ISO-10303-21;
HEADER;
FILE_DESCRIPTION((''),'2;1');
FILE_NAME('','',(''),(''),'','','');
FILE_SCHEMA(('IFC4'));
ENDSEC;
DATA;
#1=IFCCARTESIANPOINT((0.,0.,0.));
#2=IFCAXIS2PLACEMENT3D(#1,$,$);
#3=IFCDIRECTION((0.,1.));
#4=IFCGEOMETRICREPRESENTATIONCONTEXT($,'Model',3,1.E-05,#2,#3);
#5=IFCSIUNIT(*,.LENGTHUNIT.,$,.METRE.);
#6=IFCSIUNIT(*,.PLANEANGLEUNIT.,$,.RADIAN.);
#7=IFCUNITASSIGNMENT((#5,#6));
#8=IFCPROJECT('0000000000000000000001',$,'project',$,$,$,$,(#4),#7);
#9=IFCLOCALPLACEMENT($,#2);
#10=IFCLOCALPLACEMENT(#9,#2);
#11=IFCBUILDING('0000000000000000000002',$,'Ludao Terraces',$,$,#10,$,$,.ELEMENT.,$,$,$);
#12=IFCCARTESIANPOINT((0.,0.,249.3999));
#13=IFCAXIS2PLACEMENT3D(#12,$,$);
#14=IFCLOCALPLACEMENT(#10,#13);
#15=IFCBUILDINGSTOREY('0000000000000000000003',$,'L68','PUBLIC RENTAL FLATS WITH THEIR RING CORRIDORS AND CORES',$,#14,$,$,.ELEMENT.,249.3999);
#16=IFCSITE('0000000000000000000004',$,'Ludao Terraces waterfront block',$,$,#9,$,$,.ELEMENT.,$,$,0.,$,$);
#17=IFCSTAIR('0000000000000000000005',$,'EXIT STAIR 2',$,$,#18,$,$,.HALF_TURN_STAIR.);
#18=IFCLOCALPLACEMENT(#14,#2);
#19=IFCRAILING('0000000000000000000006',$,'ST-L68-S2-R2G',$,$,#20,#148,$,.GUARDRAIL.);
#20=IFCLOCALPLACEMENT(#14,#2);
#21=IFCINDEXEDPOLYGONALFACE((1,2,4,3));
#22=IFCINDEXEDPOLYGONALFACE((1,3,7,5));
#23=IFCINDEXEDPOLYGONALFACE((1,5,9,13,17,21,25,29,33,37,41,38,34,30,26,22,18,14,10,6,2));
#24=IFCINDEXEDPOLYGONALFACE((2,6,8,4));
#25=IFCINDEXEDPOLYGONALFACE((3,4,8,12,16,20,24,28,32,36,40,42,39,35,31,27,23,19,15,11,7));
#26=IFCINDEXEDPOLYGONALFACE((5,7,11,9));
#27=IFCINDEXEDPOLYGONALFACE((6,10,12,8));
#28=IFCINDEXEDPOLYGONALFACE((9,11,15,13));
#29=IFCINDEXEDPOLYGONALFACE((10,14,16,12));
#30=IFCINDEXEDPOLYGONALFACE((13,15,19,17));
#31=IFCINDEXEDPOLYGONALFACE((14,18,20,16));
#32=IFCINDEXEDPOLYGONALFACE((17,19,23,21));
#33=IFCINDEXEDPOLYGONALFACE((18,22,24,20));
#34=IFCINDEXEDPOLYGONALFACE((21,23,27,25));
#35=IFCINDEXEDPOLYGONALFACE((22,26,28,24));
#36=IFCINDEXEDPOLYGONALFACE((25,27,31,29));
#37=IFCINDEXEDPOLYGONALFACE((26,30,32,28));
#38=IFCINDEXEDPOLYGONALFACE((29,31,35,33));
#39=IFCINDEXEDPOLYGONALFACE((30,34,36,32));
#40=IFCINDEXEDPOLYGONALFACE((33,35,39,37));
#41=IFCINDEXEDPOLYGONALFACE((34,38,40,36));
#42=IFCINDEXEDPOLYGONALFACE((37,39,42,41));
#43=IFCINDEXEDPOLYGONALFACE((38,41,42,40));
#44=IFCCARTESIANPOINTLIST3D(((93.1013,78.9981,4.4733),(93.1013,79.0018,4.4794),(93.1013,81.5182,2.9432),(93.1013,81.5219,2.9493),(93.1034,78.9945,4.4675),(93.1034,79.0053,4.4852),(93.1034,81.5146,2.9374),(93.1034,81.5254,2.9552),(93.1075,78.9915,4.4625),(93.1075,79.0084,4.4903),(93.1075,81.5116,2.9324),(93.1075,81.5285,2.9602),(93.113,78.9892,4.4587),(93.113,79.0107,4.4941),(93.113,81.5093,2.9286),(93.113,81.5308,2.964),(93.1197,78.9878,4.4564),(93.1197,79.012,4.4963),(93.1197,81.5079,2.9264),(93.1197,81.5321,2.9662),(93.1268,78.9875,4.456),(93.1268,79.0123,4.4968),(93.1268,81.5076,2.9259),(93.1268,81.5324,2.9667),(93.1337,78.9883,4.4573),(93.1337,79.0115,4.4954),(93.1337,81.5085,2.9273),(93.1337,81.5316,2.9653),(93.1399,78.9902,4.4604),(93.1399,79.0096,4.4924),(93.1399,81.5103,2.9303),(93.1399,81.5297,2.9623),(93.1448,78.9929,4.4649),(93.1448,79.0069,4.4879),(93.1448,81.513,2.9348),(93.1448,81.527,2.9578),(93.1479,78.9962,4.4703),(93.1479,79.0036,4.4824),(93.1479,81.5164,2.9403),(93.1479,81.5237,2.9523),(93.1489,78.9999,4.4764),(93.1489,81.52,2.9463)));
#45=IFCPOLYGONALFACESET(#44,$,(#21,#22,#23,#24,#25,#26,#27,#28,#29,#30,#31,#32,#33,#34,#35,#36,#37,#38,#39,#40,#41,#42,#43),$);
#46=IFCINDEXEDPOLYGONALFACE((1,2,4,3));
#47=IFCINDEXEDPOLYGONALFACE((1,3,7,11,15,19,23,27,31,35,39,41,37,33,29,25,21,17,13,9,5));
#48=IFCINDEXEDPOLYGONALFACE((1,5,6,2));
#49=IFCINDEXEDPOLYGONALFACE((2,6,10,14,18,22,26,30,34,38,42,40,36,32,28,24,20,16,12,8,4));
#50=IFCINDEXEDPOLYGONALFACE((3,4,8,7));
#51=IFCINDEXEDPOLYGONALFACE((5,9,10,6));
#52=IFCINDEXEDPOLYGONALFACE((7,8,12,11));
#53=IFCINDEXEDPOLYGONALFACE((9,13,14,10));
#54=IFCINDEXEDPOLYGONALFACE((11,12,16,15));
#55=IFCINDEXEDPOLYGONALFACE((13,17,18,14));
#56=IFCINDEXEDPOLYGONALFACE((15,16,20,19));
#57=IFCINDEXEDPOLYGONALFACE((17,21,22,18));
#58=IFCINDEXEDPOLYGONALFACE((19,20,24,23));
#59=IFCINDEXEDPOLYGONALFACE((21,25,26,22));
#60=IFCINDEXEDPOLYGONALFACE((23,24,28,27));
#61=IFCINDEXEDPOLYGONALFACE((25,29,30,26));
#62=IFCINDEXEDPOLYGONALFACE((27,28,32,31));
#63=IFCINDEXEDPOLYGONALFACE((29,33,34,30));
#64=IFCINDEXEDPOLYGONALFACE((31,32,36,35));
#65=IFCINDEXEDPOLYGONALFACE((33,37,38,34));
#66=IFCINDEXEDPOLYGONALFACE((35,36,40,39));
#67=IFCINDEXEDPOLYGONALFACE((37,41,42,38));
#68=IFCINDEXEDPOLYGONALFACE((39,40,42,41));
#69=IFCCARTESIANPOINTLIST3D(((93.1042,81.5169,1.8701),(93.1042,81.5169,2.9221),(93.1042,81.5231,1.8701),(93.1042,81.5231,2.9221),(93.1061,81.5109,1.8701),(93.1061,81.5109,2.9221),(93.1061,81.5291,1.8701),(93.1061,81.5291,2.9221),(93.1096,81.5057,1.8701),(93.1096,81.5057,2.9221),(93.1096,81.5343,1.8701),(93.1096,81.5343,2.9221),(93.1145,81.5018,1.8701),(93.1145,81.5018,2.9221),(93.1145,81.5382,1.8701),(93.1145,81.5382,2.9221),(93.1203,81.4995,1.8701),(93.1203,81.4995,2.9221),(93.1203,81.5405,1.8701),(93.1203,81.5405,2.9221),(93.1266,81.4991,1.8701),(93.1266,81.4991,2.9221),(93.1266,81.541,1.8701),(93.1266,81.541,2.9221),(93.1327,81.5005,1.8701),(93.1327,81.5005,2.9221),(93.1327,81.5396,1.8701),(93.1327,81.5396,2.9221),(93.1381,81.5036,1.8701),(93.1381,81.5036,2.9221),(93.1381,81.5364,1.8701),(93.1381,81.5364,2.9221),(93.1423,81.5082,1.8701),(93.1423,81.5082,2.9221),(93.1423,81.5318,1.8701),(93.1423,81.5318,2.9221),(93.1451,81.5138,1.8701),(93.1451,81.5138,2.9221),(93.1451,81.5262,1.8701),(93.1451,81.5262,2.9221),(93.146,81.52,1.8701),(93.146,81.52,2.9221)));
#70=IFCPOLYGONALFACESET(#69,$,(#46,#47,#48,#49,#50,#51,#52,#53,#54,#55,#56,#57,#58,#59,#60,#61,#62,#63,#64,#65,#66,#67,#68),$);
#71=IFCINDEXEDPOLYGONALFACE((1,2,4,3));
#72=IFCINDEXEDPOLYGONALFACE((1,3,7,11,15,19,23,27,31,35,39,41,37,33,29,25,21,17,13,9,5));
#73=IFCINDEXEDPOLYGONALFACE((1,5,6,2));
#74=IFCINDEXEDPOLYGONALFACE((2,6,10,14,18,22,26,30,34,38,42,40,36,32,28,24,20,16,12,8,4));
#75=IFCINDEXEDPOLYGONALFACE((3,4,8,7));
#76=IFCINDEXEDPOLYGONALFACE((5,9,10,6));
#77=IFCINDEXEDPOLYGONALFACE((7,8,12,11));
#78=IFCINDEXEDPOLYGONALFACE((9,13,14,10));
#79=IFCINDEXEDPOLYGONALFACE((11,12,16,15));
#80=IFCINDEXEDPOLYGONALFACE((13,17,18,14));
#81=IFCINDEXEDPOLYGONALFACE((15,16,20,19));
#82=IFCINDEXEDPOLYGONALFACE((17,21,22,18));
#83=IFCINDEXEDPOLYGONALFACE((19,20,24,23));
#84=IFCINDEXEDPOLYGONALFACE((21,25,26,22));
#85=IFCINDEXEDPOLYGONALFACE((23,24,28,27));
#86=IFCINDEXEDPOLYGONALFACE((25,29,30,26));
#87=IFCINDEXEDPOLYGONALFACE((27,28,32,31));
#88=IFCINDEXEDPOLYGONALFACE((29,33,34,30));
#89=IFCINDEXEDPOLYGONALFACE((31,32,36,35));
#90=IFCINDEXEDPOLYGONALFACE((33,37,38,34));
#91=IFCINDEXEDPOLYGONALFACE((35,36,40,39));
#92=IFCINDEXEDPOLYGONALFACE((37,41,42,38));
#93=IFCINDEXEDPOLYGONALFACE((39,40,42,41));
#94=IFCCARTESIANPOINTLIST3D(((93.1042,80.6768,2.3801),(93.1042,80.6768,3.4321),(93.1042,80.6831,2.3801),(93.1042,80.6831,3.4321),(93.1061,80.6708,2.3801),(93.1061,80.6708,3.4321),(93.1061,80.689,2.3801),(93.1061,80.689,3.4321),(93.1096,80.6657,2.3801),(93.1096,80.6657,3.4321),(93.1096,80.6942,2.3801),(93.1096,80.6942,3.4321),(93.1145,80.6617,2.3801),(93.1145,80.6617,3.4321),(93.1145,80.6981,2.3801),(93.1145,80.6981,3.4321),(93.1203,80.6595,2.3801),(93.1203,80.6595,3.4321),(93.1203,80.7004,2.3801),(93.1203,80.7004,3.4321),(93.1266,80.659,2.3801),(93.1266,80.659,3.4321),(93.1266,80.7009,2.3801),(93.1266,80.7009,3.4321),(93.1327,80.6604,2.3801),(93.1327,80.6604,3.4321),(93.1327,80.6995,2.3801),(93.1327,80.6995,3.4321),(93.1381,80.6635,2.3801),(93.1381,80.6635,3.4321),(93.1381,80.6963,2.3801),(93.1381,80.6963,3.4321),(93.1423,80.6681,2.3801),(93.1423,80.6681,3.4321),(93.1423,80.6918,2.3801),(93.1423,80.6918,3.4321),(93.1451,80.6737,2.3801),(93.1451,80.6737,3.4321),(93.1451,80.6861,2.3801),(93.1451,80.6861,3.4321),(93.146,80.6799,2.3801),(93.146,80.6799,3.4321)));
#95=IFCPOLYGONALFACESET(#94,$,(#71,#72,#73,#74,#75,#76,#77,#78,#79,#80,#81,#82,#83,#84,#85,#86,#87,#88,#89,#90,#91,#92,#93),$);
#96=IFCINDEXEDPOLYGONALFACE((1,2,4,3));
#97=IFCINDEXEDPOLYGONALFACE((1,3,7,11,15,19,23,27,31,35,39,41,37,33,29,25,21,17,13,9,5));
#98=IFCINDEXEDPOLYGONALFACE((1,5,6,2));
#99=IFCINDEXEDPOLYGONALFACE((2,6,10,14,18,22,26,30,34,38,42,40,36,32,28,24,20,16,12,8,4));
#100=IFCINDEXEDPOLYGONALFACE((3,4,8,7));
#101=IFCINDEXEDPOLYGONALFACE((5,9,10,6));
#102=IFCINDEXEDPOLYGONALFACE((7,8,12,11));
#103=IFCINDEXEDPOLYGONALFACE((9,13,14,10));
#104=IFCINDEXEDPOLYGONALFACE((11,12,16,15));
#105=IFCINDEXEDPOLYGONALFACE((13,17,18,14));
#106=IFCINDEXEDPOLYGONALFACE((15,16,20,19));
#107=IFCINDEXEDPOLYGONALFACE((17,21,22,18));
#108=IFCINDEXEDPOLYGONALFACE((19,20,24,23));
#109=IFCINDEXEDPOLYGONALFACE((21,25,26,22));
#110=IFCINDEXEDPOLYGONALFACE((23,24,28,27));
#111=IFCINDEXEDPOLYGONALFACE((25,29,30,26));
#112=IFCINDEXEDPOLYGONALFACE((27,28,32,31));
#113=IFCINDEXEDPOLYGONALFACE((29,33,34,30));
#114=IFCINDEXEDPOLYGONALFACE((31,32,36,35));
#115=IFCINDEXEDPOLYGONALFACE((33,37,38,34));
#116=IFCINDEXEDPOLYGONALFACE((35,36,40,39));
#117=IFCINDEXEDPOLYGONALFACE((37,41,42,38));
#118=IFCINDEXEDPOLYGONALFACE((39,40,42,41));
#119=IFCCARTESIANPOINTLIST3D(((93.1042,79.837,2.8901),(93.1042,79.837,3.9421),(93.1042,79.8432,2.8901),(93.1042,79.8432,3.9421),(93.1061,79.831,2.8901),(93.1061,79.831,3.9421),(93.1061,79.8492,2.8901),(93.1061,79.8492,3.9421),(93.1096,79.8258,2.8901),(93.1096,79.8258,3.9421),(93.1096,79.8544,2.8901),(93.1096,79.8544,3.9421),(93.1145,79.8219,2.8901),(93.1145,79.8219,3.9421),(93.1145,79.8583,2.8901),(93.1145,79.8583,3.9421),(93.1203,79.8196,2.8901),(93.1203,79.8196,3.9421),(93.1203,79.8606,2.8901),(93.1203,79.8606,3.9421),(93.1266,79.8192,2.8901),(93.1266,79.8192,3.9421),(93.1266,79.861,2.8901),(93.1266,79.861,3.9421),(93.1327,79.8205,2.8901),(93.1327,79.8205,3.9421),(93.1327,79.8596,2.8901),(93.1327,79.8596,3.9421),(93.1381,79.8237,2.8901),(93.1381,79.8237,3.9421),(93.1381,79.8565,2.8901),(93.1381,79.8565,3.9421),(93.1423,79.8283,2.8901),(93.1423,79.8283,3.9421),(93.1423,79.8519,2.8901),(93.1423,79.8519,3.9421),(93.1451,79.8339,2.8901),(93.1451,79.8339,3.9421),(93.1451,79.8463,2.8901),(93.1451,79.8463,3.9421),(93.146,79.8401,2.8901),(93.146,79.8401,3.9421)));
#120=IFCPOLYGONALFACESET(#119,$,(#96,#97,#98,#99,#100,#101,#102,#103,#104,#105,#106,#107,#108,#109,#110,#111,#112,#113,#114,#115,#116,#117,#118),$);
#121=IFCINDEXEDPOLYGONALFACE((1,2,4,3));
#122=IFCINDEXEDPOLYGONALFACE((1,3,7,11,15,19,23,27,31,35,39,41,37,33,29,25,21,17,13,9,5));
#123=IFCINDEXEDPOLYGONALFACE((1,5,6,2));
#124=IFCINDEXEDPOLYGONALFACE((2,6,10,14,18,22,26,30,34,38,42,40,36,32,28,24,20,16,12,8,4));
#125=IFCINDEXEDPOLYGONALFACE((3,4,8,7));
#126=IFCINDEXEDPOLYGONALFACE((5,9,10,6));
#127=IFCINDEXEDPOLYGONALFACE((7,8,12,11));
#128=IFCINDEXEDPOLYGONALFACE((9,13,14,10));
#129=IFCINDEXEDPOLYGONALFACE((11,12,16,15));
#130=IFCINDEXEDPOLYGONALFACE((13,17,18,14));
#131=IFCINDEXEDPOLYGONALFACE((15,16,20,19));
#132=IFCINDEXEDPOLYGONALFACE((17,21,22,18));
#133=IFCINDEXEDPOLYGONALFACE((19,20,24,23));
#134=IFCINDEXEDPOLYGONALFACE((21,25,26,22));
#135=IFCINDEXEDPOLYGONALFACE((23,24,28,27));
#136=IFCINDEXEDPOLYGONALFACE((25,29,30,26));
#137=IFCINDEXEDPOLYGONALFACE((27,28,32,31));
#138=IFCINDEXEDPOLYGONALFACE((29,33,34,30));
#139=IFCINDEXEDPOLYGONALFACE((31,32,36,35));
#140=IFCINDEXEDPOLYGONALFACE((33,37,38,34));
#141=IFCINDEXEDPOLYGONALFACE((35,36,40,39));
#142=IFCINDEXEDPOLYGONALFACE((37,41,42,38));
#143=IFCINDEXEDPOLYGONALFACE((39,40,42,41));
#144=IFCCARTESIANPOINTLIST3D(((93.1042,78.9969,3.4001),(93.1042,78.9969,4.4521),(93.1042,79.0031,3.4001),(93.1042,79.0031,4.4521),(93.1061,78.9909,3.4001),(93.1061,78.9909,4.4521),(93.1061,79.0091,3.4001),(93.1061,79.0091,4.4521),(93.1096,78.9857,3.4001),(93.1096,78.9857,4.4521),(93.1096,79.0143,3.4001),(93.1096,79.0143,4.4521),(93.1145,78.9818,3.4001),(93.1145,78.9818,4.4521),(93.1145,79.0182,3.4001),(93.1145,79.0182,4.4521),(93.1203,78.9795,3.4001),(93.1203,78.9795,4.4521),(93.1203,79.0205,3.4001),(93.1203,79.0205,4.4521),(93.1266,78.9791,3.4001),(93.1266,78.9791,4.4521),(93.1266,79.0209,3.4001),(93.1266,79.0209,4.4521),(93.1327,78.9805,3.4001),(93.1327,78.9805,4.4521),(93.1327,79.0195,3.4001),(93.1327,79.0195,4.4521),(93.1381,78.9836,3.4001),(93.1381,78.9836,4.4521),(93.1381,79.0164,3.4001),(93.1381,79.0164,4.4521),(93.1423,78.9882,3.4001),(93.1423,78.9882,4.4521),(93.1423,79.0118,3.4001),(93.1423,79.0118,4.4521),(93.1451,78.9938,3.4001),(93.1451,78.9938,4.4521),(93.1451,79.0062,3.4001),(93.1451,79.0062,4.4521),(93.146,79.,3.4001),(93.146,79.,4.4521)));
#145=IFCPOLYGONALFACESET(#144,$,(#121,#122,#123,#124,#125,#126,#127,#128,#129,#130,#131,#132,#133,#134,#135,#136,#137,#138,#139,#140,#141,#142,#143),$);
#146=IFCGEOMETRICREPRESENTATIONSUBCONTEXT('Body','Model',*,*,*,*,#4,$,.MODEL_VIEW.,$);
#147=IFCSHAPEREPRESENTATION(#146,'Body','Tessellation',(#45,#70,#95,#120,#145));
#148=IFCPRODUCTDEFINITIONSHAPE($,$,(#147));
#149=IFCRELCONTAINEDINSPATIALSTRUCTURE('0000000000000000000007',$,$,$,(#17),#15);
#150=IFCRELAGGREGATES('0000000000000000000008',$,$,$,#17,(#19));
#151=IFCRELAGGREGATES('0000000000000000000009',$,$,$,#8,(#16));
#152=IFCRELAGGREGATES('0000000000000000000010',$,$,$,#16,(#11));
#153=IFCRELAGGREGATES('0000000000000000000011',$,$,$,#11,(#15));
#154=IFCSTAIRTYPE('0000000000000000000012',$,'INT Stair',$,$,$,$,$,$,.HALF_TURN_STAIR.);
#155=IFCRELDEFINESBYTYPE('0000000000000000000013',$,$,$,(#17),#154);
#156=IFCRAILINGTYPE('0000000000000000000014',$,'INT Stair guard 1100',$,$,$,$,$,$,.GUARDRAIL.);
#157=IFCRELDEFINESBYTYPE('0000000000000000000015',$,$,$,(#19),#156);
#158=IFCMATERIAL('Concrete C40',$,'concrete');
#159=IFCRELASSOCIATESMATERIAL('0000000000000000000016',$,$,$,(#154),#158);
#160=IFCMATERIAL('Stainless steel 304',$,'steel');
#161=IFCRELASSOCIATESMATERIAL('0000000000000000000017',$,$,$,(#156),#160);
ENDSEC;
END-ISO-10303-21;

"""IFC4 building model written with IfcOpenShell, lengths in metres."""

from ifc_helpers import new_model, si_unit, direction, frame, origin, origin_2d, place, context, subcontext, project, spatial, circle, extrude, material, type_object, element, aggregate, save


model = new_model("IFC4")

# Units and contexts
model_context = context("Model", 3, precision=1e-05, world=origin(), true_north=direction((0.0, 1.0)))
body_context = subcontext(model_context, "Body", "Model", "MODEL_VIEW")
ifc_project = project(units=[si_unit("LENGTHUNIT", "METRE"), si_unit("PLANEANGLEUNIT", "RADIAN")], contexts=[model_context])

# Site, building, storey
site_placement = place(None, origin())
site = spatial("IfcSite", under=ifc_project, at=site_placement, Name="Ludao Terraces waterfront block", CompositionType="ELEMENT", RefElevation=0.0)
building_placement = place(site_placement, origin())
building = spatial("IfcBuilding", under=site, at=building_placement, Name="Ludao Terraces", CompositionType="ELEMENT")
storey_placement = place(building_placement, frame((0.0, 0.0, 249.3999)))
storey = spatial("IfcBuildingStorey", under=building, at=storey_placement, Name="L68", Description="PUBLIC RENTAL FLATS WITH THEIR RING CORRIDORS AND CORES", CompositionType="ELEMENT", Elevation=249.3999)

# Shared definitions
ifc_material_1 = material(Name="Stainless steel 304", Category="steel")

# Stair, railing
ifc_material_2 = material(Name="Concrete C40", Category="concrete")
stair_type = type_object("IfcStairType", Name="INT Stair", PredefinedType="HALF_TURN_STAIR", material=ifc_material_2)
stair_placement = place(storey_placement, origin())
stair = element("IfcStair", 1, at=stair_placement, inside=storey, type_object=stair_type, Name="EXIT STAIR 2", PredefinedType="HALF_TURN_STAIR")
railing_type_1 = type_object("IfcRailingType", Name="INT Stair guard 1100", PredefinedType="GUARDRAIL", material=ifc_material_1)
railing_1_placement = place(storey_placement, frame((93.125, 81.52, 1.8701)))
railing_1 = element("IfcRailing", 2, at=railing_1_placement, type_object=railing_type_1, Name="ST-L68-S2-R2G", PredefinedType="GUARDRAIL", context=body_context, shape_type="SweptSolid", body=[
    extrude(circle(Radius=0.0239, at=origin_2d()), frame((0.0, 0.0, 1.0762), z_axis=(0.0, -0.854785, 0.518982), x_axis=(1.0, 0.0, 0.0)), (0.0, 0.0, 1.0), 2.9482),
    extrude(circle(Radius=0.021, at=origin_2d()), origin(), (0.0, 0.0, 1.0), 1.052),
    extrude(circle(Radius=0.021, at=origin_2d()), frame((0.0, -0.8401, 0.51)), (0.0, 0.0, 1.0), 1.052),
    extrude(circle(Radius=0.021, at=origin_2d()), frame((0.0, -1.6799, 1.02)), (0.0, 0.0, 1.0), 1.052),
    extrude(circle(Radius=0.021, at=origin_2d()), frame((0.0, -2.52, 1.53)), (0.0, 0.0, 1.0), 1.052),
])
aggregate(stair, [railing_1])

save(model, "model.ifc")
